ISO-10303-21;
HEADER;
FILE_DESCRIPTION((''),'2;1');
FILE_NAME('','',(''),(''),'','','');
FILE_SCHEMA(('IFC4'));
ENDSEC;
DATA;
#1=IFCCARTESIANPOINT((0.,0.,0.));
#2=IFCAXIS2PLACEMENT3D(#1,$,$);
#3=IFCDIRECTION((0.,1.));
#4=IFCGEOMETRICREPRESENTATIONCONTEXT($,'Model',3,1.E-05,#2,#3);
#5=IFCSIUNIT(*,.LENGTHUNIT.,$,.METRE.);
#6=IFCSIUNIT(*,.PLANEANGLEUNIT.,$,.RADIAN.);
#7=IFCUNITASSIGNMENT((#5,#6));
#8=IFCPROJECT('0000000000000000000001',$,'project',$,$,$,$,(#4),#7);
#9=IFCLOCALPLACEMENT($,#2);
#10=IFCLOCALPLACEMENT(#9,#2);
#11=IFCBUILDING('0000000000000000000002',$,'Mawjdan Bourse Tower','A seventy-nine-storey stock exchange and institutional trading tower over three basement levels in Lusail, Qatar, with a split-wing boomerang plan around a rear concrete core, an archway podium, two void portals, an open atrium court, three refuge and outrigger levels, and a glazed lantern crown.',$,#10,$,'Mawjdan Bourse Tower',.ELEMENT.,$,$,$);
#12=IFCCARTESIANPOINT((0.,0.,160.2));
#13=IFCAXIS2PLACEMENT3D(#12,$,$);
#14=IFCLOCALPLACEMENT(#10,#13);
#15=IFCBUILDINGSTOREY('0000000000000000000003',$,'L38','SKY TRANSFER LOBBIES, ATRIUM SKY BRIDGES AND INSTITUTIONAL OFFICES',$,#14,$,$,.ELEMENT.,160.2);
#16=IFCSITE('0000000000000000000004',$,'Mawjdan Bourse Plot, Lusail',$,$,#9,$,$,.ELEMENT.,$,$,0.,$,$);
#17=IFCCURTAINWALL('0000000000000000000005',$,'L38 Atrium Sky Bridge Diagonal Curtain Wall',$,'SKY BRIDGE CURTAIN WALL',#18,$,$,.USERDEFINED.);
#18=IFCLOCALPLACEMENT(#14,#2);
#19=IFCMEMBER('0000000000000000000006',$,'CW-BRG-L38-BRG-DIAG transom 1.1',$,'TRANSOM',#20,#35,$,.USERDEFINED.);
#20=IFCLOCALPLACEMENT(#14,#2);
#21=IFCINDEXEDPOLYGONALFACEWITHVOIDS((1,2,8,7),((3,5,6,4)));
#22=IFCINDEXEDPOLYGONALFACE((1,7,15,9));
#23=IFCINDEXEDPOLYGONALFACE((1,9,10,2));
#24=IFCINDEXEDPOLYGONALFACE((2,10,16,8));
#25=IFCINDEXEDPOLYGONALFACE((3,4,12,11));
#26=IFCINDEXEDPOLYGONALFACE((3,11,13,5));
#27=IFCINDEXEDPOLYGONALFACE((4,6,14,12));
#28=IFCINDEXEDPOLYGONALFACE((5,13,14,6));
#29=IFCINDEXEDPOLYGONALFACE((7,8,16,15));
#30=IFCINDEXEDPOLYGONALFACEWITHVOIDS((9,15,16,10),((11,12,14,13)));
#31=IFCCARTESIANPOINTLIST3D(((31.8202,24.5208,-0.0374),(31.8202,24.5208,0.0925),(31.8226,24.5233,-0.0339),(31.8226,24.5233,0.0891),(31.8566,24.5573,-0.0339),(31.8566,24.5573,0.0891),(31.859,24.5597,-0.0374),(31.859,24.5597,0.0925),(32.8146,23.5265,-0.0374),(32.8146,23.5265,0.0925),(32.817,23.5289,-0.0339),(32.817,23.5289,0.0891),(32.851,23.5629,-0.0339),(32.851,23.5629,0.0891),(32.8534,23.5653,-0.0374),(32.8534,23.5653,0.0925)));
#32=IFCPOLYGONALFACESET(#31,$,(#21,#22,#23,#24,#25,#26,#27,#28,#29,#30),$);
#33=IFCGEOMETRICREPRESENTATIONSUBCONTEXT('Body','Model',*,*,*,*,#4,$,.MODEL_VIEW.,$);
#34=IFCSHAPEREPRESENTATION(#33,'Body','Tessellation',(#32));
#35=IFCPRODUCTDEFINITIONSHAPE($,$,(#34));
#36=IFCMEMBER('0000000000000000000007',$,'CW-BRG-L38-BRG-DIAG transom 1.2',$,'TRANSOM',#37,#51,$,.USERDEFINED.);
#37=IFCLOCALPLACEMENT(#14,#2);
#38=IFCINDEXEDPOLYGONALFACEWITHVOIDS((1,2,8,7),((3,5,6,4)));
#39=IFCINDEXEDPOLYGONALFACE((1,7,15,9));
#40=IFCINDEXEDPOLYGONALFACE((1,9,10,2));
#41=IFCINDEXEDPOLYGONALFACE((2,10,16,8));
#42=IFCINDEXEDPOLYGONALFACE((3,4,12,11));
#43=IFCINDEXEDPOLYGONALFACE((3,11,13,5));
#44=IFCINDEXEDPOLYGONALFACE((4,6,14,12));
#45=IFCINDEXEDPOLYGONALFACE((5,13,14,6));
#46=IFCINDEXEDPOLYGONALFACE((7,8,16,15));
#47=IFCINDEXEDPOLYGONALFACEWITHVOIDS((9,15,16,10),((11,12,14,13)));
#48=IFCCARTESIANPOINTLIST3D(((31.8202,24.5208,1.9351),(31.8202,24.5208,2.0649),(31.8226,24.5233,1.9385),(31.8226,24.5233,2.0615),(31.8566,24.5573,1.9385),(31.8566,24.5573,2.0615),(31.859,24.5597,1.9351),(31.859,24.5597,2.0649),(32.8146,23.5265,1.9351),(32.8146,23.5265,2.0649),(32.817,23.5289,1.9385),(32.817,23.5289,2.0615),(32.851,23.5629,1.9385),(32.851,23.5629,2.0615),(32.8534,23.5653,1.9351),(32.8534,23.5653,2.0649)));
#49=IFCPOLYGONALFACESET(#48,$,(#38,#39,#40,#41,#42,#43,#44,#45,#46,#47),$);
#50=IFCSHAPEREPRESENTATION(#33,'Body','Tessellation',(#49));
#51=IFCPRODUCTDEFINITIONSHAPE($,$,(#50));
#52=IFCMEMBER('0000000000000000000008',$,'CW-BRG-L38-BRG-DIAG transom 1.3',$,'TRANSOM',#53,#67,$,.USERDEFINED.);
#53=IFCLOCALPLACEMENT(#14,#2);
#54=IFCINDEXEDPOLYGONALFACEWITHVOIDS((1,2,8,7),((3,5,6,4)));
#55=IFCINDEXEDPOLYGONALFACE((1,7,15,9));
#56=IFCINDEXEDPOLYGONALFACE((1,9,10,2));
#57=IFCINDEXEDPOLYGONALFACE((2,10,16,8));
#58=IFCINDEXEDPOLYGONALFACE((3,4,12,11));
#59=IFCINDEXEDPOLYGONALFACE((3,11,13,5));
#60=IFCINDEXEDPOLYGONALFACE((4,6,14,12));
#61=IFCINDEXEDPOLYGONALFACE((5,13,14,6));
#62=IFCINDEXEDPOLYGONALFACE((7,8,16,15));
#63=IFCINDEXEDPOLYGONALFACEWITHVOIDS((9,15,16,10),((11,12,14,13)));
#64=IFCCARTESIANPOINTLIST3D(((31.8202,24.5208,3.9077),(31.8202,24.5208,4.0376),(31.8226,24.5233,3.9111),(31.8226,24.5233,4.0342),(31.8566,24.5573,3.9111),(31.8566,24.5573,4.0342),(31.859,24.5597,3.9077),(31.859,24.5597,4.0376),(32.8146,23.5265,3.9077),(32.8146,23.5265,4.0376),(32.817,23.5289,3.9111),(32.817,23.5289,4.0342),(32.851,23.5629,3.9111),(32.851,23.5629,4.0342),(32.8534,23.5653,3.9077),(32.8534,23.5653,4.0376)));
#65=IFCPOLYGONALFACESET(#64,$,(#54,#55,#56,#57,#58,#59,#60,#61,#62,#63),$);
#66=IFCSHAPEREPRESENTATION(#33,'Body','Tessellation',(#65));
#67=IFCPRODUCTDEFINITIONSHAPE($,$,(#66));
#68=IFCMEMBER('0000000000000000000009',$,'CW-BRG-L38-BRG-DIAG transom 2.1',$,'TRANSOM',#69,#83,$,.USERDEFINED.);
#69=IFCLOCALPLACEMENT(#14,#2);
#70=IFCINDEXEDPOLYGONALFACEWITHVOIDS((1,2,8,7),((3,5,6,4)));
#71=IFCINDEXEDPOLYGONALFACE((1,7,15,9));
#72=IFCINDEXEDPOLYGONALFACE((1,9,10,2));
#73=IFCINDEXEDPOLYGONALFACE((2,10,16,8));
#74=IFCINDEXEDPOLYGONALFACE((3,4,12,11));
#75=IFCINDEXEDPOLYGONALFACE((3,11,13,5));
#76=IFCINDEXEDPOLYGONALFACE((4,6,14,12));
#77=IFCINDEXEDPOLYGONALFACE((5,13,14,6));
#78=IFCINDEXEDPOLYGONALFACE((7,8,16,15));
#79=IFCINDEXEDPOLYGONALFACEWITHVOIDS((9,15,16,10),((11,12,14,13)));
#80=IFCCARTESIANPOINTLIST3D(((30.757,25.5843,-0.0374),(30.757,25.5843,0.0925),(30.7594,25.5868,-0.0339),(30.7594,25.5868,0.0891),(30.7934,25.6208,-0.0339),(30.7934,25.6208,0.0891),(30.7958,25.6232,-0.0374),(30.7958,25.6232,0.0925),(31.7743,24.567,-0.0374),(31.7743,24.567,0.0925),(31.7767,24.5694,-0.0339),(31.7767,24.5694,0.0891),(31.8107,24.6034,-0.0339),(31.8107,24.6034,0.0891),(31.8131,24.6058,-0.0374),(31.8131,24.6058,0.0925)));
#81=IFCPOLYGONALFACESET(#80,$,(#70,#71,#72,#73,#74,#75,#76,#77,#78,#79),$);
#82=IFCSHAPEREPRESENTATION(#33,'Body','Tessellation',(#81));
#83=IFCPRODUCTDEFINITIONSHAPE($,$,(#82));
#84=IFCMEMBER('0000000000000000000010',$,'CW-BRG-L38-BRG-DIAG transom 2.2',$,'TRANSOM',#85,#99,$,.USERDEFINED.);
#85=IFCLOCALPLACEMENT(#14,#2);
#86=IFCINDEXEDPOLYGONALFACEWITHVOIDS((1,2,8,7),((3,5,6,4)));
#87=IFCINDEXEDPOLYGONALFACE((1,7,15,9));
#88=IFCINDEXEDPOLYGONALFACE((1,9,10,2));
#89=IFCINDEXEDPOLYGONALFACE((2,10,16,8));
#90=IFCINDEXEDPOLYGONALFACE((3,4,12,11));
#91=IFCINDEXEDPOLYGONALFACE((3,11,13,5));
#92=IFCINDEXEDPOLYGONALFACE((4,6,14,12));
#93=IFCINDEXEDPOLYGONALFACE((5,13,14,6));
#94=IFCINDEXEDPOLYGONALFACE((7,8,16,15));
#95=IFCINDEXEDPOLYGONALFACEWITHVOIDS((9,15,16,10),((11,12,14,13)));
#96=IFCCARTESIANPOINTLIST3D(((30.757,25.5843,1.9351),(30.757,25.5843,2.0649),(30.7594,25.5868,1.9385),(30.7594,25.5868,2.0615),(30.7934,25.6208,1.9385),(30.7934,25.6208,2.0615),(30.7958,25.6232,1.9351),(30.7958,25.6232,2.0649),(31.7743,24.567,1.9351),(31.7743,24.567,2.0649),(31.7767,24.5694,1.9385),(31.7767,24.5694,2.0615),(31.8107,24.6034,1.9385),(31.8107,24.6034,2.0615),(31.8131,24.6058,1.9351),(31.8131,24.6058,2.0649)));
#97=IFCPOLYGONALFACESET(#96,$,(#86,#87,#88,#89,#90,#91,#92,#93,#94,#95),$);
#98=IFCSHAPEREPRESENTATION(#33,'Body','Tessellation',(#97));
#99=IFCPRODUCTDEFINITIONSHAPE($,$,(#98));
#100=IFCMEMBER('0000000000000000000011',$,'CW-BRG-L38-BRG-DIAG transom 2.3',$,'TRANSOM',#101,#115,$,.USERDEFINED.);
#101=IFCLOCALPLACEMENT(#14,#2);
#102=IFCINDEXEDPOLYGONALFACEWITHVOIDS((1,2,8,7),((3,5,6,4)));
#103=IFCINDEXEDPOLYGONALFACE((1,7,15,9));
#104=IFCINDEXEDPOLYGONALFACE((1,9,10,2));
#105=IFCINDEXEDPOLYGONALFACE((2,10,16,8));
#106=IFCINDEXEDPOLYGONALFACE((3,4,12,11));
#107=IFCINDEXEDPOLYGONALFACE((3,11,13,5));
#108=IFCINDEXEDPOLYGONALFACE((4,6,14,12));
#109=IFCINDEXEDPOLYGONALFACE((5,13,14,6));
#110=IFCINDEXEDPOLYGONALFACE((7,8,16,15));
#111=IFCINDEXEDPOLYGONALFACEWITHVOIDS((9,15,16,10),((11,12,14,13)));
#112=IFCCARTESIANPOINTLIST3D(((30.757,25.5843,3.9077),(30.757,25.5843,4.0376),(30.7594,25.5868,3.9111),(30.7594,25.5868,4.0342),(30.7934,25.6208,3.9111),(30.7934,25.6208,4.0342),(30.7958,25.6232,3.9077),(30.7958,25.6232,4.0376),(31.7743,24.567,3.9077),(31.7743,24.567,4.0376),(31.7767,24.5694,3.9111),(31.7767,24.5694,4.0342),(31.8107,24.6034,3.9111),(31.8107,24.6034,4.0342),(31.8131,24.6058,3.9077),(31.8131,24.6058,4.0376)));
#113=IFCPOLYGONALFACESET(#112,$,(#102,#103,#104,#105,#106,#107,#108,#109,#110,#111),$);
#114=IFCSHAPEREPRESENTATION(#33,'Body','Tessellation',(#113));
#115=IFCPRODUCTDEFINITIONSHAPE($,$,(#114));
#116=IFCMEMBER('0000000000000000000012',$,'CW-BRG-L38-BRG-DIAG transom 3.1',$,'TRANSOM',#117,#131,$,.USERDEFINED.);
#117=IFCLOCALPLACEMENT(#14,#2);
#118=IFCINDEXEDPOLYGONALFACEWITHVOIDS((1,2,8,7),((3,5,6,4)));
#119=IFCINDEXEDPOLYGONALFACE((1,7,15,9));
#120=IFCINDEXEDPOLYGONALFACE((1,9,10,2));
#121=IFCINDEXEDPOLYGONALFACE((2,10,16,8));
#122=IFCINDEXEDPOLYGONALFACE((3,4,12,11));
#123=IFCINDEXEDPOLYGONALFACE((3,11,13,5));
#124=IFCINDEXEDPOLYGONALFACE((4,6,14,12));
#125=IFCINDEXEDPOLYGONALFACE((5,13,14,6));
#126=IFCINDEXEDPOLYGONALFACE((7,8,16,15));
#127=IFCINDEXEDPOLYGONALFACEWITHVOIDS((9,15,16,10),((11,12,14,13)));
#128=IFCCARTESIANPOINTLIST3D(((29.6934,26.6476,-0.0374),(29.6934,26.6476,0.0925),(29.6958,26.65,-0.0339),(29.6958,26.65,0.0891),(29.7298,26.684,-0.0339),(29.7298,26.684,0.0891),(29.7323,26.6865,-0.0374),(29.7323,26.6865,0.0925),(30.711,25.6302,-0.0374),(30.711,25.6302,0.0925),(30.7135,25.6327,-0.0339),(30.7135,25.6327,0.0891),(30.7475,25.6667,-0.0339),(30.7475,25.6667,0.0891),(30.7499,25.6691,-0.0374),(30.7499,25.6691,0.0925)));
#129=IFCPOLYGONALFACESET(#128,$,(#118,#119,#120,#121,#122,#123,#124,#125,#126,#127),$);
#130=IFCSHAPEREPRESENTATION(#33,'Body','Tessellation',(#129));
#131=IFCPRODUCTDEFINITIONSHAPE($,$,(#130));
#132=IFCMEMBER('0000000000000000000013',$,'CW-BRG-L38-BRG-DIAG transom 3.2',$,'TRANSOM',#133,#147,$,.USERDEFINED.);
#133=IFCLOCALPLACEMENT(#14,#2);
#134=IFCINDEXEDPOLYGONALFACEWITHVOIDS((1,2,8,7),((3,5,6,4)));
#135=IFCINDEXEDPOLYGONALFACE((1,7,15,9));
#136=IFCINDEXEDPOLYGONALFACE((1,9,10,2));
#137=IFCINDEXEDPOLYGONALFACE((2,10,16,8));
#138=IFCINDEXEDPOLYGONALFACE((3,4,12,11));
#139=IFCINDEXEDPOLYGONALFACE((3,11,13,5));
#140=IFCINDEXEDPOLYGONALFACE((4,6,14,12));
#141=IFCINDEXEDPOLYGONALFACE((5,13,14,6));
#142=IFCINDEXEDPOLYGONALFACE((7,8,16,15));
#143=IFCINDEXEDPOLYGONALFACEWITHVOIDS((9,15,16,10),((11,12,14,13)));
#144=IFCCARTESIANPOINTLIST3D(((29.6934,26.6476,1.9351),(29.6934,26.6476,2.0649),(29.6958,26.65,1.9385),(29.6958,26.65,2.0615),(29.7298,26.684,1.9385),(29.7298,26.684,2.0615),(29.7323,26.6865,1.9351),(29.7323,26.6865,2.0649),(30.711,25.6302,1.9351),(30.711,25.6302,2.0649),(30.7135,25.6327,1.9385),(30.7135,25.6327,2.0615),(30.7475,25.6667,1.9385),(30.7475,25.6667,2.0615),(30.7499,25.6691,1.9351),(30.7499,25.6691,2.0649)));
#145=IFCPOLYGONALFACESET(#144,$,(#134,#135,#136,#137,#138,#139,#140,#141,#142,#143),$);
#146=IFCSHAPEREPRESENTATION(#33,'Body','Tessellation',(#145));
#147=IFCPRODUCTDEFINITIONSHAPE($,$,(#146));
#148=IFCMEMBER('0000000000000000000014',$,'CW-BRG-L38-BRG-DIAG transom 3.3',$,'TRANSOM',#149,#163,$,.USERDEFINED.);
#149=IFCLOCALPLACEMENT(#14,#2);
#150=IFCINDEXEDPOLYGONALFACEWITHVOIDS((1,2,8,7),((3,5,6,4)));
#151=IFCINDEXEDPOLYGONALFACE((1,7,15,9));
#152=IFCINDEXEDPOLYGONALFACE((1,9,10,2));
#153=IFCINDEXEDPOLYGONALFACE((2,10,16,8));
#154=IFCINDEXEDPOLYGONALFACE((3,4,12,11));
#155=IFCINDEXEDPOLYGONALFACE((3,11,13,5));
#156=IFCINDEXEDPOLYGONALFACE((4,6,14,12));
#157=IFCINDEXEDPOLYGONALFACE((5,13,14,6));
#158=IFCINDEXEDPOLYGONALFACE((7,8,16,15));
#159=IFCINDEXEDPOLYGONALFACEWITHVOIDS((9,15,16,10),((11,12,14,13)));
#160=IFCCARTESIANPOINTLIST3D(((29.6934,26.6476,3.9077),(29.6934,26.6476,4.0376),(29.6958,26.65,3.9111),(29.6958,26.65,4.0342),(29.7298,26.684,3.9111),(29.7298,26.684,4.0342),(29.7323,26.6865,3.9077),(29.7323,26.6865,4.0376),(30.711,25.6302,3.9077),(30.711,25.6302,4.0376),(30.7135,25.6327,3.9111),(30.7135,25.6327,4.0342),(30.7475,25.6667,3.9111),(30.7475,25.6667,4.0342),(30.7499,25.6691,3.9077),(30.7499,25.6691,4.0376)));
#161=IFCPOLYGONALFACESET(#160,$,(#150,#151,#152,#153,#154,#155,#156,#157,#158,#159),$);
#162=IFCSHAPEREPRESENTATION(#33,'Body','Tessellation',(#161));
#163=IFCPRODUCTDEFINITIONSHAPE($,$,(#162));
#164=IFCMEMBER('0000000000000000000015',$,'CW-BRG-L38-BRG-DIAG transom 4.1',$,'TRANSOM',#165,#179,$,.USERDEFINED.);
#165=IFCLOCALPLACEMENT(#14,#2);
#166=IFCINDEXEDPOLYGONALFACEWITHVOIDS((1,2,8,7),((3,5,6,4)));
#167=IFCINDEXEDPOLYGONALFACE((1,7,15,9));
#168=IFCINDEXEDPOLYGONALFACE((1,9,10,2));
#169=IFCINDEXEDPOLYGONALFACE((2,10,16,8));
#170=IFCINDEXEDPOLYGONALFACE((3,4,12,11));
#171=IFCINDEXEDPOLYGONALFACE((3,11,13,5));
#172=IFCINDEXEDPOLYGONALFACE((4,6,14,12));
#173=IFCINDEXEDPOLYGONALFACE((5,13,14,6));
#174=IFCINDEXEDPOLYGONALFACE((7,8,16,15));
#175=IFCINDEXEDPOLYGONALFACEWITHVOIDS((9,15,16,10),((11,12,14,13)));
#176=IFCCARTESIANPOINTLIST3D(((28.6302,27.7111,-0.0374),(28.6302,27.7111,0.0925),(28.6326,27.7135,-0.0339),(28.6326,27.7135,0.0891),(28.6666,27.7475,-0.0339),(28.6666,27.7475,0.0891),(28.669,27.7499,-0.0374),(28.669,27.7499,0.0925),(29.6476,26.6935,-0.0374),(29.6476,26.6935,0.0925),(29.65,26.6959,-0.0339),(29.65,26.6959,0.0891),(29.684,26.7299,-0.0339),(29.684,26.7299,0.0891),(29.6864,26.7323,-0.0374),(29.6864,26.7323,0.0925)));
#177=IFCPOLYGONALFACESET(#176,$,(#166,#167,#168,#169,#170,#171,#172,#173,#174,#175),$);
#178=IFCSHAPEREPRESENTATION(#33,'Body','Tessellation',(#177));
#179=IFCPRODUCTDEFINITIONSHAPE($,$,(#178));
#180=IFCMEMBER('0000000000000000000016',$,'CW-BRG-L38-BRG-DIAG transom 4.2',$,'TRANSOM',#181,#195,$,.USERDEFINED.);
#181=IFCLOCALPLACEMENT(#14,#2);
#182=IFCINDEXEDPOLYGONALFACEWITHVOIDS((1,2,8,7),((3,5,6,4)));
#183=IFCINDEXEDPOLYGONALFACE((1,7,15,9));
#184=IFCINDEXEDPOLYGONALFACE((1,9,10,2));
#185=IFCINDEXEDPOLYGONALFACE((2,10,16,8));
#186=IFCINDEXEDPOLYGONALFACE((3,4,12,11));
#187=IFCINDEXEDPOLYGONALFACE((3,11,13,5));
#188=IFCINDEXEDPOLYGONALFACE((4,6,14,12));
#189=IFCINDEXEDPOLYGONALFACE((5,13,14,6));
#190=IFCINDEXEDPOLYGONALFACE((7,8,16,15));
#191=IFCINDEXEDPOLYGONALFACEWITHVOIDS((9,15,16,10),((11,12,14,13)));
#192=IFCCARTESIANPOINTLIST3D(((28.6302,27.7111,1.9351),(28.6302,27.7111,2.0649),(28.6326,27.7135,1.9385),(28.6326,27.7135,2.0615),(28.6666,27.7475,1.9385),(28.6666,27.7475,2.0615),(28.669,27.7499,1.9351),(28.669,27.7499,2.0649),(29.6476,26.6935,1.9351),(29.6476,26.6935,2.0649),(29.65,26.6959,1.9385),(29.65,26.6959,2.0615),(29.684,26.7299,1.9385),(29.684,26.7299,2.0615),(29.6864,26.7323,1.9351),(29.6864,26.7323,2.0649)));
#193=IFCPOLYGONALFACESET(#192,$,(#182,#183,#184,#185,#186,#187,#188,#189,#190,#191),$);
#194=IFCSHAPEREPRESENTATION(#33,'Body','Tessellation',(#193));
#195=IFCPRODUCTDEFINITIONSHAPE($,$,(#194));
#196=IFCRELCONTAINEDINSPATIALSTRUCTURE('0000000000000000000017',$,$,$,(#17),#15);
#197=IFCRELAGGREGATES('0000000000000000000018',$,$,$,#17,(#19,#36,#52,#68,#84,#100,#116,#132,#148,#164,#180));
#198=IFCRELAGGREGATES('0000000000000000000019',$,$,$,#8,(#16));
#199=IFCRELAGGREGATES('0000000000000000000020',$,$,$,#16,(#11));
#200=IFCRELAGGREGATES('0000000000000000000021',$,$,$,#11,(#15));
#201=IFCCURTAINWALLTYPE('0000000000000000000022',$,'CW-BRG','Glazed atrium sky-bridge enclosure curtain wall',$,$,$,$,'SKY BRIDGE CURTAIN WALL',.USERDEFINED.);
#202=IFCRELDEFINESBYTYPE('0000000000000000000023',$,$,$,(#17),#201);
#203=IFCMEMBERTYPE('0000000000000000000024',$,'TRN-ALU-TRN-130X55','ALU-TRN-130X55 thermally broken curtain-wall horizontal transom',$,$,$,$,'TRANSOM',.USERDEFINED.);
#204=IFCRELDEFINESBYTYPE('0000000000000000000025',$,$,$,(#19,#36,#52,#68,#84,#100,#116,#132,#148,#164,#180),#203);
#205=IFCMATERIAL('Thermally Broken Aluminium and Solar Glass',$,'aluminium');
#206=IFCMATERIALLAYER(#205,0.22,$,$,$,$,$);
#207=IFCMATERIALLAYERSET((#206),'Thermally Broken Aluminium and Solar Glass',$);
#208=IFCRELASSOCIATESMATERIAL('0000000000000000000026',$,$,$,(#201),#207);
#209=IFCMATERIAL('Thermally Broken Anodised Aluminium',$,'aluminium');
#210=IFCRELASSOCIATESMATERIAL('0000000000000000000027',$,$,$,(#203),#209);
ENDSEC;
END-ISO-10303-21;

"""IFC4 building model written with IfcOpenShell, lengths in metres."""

from ifc_helpers import new_model, si_unit, direction, frame, origin, origin_2d, place, context, subcontext, project, spatial, hollow_rectangle, extrude, material, layer, layer_set, material_profile, profile_set, type_object, element, aggregate, save


model = new_model("IFC4")

# Units and contexts
model_context = context("Model", 3, precision=1e-05, world=origin(), true_north=direction((0.0, 1.0)))
body_context = subcontext(model_context, "Body", "Model", "MODEL_VIEW")
ifc_project = project(units=[si_unit("LENGTHUNIT", "METRE"), si_unit("PLANEANGLEUNIT", "RADIAN")], contexts=[model_context])

# Site, building, storey
site_placement = place(None, origin())
site = spatial("IfcSite", under=ifc_project, at=site_placement, Name="Mawjdan Bourse Plot, Lusail", CompositionType="ELEMENT", RefElevation=0.0)
building_placement = place(site_placement, origin())
building = spatial("IfcBuilding", under=site, at=building_placement, Name="Mawjdan Bourse Tower", Description="A seventy-nine-storey stock exchange and institutional trading tower over three basement levels in Lusail, Qatar, with a split-wing boomerang plan around a rear concrete core, an archway podium, two void portals, an open atrium court, three refuge and outrigger levels, and a glazed lantern crown.", LongName="Mawjdan Bourse Tower", CompositionType="ELEMENT")
storey_placement = place(building_placement, frame((0.0, 0.0, 160.2)))
storey = spatial("IfcBuildingStorey", under=building, at=storey_placement, Name="L38", Description="SKY TRANSFER LOBBIES, ATRIUM SKY BRIDGES AND INSTITUTIONAL OFFICES", CompositionType="ELEMENT", Elevation=160.2)

# Curtain wall
ifc_material_1 = material(Name="Thermally Broken Aluminium and Solar Glass", Category="aluminium")
ifc_layer_1 = layer(ifc_material_1, 0.22)
ifc_layer_set_1 = layer_set([ifc_layer_1], Name="Thermally Broken Aluminium and Solar Glass")
curtain_wall_type = type_object("IfcCurtainWallType", Name="CW-BRG", Description="Glazed atrium sky-bridge enclosure curtain wall", ElementType="SKY BRIDGE CURTAIN WALL", PredefinedType="USERDEFINED", material=ifc_layer_set_1)
curtain_wall_placement = place(storey_placement, origin())
curtain_wall = element("IfcCurtainWall", 1, at=curtain_wall_placement, inside=storey, type_object=curtain_wall_type, Name="L38 Atrium Sky Bridge Diagonal Curtain Wall", ObjectType="SKY BRIDGE CURTAIN WALL", PredefinedType="USERDEFINED")
ifc_material_2 = material(Name="Thermally Broken Anodised Aluminium", Category="aluminium")

# Members
ifc_material_profile_1 = material_profile(ifc_material_2, hollow_rectangle(XDim=0.0549, YDim=0.1299, WallThickness=0.0034, at=origin_2d()), Name="ALU-TRN-130X55")
ifc_profile_set_1 = profile_set([ifc_material_profile_1], Name="Thermally Broken Anodised Aluminium")
member_type_1 = type_object("IfcMemberType", Name="TRN-ALU-TRN-130X55", Description="ALU-TRN-130X55 thermally broken curtain-wall horizontal transom", ElementType="TRANSOM", PredefinedType="USERDEFINED", material=ifc_profile_set_1)
member_1_placement = place(storey_placement, frame((32.834, 23.5459, 0.0276), z_axis=(-0.707107, 0.707107, 0.0), x_axis=(-0.707107, -0.707107, 0.0)))
member_1 = element("IfcMember", 2, at=member_1_placement, type_object=member_type_1, Name="CW-BRG-L38-BRG-DIAG transom 1.1", ObjectType="TRANSOM", PredefinedType="USERDEFINED", context=body_context, shape_type="SweptSolid", body=[
    extrude(hollow_rectangle(XDim=0.0549, YDim=0.1299, WallThickness=0.0034, at=origin_2d()), origin(), (0.0, 0.0, 1.0), 1.4062),
])
member_2_placement = place(storey_placement, frame((32.834, 23.5459, 2.0), z_axis=(-0.707107, 0.707107, 0.0), x_axis=(-0.707107, -0.707107, 0.0)))
member_2 = element("IfcMember", 3, at=member_2_placement, type_object=member_type_1, Name="CW-BRG-L38-BRG-DIAG transom 1.2", ObjectType="TRANSOM", PredefinedType="USERDEFINED", context=body_context, shape_type="SweptSolid", body=[
    extrude(hollow_rectangle(XDim=0.0549, YDim=0.1299, WallThickness=0.0034, at=origin_2d()), origin(), (0.0, 0.0, 1.0), 1.4062),
])
member_3_placement = place(storey_placement, frame((32.834, 23.5459, 3.9727), z_axis=(-0.707107, 0.707107, 0.0), x_axis=(-0.707107, -0.707107, 0.0)))
member_3 = element("IfcMember", 4, at=member_3_placement, type_object=member_type_1, Name="CW-BRG-L38-BRG-DIAG transom 1.3", ObjectType="TRANSOM", PredefinedType="USERDEFINED", context=body_context, shape_type="SweptSolid", body=[
    extrude(hollow_rectangle(XDim=0.0549, YDim=0.1299, WallThickness=0.0034, at=origin_2d()), origin(), (0.0, 0.0, 1.0), 1.4062),
])
member_4_placement = place(storey_placement, frame((31.7937, 24.5864, 0.0276), z_axis=(-0.707107, 0.707107, 0.0), x_axis=(-0.707107, -0.707107, 0.0)))
member_4 = element("IfcMember", 5, at=member_4_placement, type_object=member_type_1, Name="CW-BRG-L38-BRG-DIAG transom 2.1", ObjectType="TRANSOM", PredefinedType="USERDEFINED", context=body_context, shape_type="SweptSolid", body=[
    extrude(hollow_rectangle(XDim=0.0549, YDim=0.1299, WallThickness=0.0034, at=origin_2d()), origin(), (0.0, 0.0, 1.0), 1.4387),
])
member_5_placement = place(storey_placement, frame((31.7937, 24.5864, 2.0), z_axis=(-0.707107, 0.707107, 0.0), x_axis=(-0.707107, -0.707107, 0.0)))
member_5 = element("IfcMember", 6, at=member_5_placement, type_object=member_type_1, Name="CW-BRG-L38-BRG-DIAG transom 2.2", ObjectType="TRANSOM", PredefinedType="USERDEFINED", context=body_context, shape_type="SweptSolid", body=[
    extrude(hollow_rectangle(XDim=0.0549, YDim=0.1299, WallThickness=0.0034, at=origin_2d()), origin(), (0.0, 0.0, 1.0), 1.4387),
])
member_6_placement = place(storey_placement, frame((31.7937, 24.5864, 3.9727), z_axis=(-0.707107, 0.707107, 0.0), x_axis=(-0.707107, -0.707107, 0.0)))
member_6 = element("IfcMember", 7, at=member_6_placement, type_object=member_type_1, Name="CW-BRG-L38-BRG-DIAG transom 2.3", ObjectType="TRANSOM", PredefinedType="USERDEFINED", context=body_context, shape_type="SweptSolid", body=[
    extrude(hollow_rectangle(XDim=0.0549, YDim=0.1299, WallThickness=0.0034, at=origin_2d()), origin(), (0.0, 0.0, 1.0), 1.4387),
])
member_7_placement = place(storey_placement, frame((30.7305, 25.6497, 0.0276), z_axis=(-0.707192, 0.707022, 0.0), x_axis=(-0.707022, -0.707192, 0.0)))
member_7 = element("IfcMember", 8, at=member_7_placement, type_object=member_type_1, Name="CW-BRG-L38-BRG-DIAG transom 3.1", ObjectType="TRANSOM", PredefinedType="USERDEFINED", context=body_context, shape_type="SweptSolid", body=[
    extrude(hollow_rectangle(XDim=0.0549, YDim=0.1299, WallThickness=0.0034, at=origin_2d()), origin(), (0.0, 0.0, 1.0), 1.439),
])
member_8_placement = place(storey_placement, frame((30.7305, 25.6497, 2.0), z_axis=(-0.707192, 0.707022, 0.0), x_axis=(-0.707022, -0.707192, 0.0)))
member_8 = element("IfcMember", 9, at=member_8_placement, type_object=member_type_1, Name="CW-BRG-L38-BRG-DIAG transom 3.2", ObjectType="TRANSOM", PredefinedType="USERDEFINED", context=body_context, shape_type="SweptSolid", body=[
    extrude(hollow_rectangle(XDim=0.0549, YDim=0.1299, WallThickness=0.0034, at=origin_2d()), origin(), (0.0, 0.0, 1.0), 1.439),
])
member_9_placement = place(storey_placement, frame((30.7305, 25.6497, 3.9727), z_axis=(-0.707192, 0.707022, 0.0), x_axis=(-0.707022, -0.707192, 0.0)))
member_9 = element("IfcMember", 10, at=member_9_placement, type_object=member_type_1, Name="CW-BRG-L38-BRG-DIAG transom 3.3", ObjectType="TRANSOM", PredefinedType="USERDEFINED", context=body_context, shape_type="SweptSolid", body=[
    extrude(hollow_rectangle(XDim=0.0549, YDim=0.1299, WallThickness=0.0034, at=origin_2d()), origin(), (0.0, 0.0, 1.0), 1.439),
])
member_10_placement = place(storey_placement, frame((29.667, 26.7129, 0.0276), z_axis=(-0.707022, 0.707192, 0.0), x_axis=(-0.707192, -0.707022, 0.0)))
member_10 = element("IfcMember", 11, at=member_10_placement, type_object=member_type_1, Name="CW-BRG-L38-BRG-DIAG transom 4.1", ObjectType="TRANSOM", PredefinedType="USERDEFINED", context=body_context, shape_type="SweptSolid", body=[
    extrude(hollow_rectangle(XDim=0.0549, YDim=0.1299, WallThickness=0.0034, at=origin_2d()), origin(), (0.0, 0.0, 1.0), 1.439),
])
member_11_placement = place(storey_placement, frame((29.667, 26.7129, 2.0), z_axis=(-0.707022, 0.707192, 0.0), x_axis=(-0.707192, -0.707022, 0.0)))
member_11 = element("IfcMember", 12, at=member_11_placement, type_object=member_type_1, Name="CW-BRG-L38-BRG-DIAG transom 4.2", ObjectType="TRANSOM", PredefinedType="USERDEFINED", context=body_context, shape_type="SweptSolid", body=[
    extrude(hollow_rectangle(XDim=0.0549, YDim=0.1299, WallThickness=0.0034, at=origin_2d()), origin(), (0.0, 0.0, 1.0), 1.439),
])

aggregate(curtain_wall, [member_1, member_2, member_3, member_4, member_5, member_6, member_7, member_8, member_9, member_10, member_11])

save(model, "model.ifc")
